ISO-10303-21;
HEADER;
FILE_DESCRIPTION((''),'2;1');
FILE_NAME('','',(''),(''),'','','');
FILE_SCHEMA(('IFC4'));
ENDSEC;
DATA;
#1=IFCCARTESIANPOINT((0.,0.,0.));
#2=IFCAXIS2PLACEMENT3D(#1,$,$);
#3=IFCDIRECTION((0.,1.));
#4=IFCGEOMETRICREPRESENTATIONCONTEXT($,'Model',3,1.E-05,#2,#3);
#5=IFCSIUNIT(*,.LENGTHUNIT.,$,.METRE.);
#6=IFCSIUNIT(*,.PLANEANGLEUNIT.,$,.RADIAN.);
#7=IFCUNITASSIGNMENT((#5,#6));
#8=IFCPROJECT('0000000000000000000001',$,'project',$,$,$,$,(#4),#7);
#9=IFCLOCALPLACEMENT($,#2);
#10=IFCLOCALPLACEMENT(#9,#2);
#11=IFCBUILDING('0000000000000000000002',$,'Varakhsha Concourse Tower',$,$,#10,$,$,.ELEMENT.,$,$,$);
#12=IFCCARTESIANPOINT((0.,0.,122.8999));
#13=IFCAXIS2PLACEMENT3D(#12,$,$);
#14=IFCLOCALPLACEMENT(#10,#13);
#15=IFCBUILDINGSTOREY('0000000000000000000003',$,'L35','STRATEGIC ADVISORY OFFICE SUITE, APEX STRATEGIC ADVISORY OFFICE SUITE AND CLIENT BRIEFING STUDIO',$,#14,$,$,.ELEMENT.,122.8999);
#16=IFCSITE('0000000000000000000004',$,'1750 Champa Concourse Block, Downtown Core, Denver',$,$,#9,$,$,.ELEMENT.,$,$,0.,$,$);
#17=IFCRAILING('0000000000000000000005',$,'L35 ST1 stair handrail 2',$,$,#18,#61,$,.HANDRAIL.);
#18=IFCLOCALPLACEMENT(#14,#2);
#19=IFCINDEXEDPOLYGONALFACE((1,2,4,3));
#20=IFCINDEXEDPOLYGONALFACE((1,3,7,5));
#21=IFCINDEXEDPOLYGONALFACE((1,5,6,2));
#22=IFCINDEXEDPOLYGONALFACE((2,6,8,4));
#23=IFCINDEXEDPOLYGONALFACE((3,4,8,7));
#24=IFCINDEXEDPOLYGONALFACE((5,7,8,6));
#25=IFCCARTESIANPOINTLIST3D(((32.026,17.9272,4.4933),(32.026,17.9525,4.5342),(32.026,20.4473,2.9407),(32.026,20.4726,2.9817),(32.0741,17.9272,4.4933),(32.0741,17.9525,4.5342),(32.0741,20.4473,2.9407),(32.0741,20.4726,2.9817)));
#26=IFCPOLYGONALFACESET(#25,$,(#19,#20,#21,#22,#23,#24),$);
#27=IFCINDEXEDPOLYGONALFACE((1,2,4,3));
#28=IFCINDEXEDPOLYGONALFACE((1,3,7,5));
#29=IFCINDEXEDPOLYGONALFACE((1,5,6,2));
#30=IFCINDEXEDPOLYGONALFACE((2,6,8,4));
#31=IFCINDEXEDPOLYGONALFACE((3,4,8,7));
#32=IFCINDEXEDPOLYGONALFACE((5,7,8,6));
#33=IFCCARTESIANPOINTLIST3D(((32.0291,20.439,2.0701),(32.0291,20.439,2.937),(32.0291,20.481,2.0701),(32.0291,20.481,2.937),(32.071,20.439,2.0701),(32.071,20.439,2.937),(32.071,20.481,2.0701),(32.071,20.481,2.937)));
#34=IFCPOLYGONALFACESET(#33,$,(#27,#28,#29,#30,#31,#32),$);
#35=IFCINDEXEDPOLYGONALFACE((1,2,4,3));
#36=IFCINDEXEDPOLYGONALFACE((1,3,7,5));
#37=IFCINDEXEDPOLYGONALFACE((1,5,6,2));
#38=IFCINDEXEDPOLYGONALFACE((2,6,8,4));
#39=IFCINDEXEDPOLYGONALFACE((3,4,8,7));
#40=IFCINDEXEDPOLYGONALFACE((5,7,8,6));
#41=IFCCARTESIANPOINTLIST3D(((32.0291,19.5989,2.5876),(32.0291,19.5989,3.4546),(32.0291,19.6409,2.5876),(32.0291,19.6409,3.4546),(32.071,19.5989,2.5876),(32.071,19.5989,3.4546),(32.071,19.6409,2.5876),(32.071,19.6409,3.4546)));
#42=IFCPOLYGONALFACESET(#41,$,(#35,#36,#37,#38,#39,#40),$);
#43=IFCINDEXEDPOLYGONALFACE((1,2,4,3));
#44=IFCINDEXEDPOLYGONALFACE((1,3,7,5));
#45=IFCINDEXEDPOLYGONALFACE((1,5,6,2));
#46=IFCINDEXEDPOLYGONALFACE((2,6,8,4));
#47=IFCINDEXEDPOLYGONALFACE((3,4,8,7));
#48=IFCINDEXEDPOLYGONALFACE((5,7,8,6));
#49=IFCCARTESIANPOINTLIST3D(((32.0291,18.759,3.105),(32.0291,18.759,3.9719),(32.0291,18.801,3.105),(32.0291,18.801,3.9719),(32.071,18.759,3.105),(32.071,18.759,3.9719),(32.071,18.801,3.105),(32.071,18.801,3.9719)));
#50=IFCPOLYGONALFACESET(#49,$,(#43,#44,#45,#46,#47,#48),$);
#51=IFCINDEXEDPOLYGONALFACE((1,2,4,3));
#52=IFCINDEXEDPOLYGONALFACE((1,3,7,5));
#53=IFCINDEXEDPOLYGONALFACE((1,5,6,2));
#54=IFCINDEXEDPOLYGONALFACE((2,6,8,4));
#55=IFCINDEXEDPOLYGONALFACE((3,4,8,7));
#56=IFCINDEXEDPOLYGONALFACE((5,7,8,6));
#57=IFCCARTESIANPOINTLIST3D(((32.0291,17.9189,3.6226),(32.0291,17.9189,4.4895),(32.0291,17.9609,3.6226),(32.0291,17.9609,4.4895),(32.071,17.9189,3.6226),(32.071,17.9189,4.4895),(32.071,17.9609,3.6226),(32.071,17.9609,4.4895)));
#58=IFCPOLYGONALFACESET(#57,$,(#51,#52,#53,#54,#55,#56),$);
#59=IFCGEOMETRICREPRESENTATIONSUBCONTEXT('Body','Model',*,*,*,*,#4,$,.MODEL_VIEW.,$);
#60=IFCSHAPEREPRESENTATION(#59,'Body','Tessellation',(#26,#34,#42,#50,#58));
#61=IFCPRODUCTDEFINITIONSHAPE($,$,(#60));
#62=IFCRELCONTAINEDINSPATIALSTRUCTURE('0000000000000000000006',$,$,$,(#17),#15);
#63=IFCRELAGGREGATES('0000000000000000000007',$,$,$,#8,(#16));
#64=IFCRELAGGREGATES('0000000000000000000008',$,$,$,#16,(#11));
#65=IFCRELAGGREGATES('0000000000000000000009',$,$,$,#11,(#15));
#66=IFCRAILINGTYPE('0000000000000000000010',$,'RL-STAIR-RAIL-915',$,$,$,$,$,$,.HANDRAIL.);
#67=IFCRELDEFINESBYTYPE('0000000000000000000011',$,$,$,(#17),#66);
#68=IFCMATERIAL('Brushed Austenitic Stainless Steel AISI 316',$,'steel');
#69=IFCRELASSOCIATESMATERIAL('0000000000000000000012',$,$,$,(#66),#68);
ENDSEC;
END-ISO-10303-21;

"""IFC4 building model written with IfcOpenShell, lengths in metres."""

from ifc_helpers import new_model, si_unit, direction, frame, origin, origin_2d, place, context, subcontext, project, spatial, rectangle, extrude, material, type_object, element, save


model = new_model("IFC4")

# Units and contexts
model_context = context("Model", 3, precision=1e-05, world=origin(), true_north=direction((0.0, 1.0)))
body_context = subcontext(model_context, "Body", "Model", "MODEL_VIEW")
ifc_project = project(units=[si_unit("LENGTHUNIT", "METRE"), si_unit("PLANEANGLEUNIT", "RADIAN")], contexts=[model_context])

# Site, building, storey
site_placement = place(None, origin())
site = spatial("IfcSite", under=ifc_project, at=site_placement, Name="1750 Champa Concourse Block, Downtown Core, Denver", CompositionType="ELEMENT", RefElevation=0.0)
building_placement = place(site_placement, origin())
building = spatial("IfcBuilding", under=site, at=building_placement, Name="Varakhsha Concourse Tower", CompositionType="ELEMENT")
storey_placement = place(building_placement, frame((0.0, 0.0, 122.8999)))
storey = spatial("IfcBuildingStorey", under=building, at=storey_placement, Name="L35", Description="STRATEGIC ADVISORY OFFICE SUITE, APEX STRATEGIC ADVISORY OFFICE SUITE AND CLIENT BRIEFING STUDIO", CompositionType="ELEMENT", Elevation=122.8999)

# Railing
ifc_material_1 = material(Name="Brushed Austenitic Stainless Steel AISI 316", Category="steel")
railing_type_1 = type_object("IfcRailingType", Name="RL-STAIR-RAIL-915", PredefinedType="HANDRAIL", material=ifc_material_1)
railing_1_placement = place(storey_placement, frame((32.05, 20.46, 2.0701)))
element("IfcRailing", 1, at=railing_1_placement, inside=storey, type_object=railing_type_1, Name="L35 ST1 stair handrail 2", PredefinedType="HANDRAIL", context=body_context, shape_type="SweptSolid", body=[
    extrude(rectangle(XDim=0.0481, YDim=0.0481, at=origin_2d()), frame((0.0, 0.0, 0.8911), z_axis=(0.0, -0.8514, 0.524516), x_axis=(1.0, 0.0, 0.0)), (0.0, 0.0, 1.0), 2.96),
    extrude(rectangle(XDim=0.042, YDim=0.042, at=origin_2d()), origin(), (0.0, 0.0, 1.0), 0.8669),
    extrude(rectangle(XDim=0.042, YDim=0.042, at=origin_2d()), frame((0.0, -0.8401, 0.5176)), (0.0, 0.0, 1.0), 0.8669),
    extrude(rectangle(XDim=0.042, YDim=0.042, at=origin_2d()), frame((0.0, -1.6799, 1.0349)), (0.0, 0.0, 1.0), 0.8669),
    extrude(rectangle(XDim=0.042, YDim=0.042, at=origin_2d()), frame((0.0, -2.52, 1.5525)), (0.0, 0.0, 1.0), 0.8669),
])

save(model, "model.ifc")
